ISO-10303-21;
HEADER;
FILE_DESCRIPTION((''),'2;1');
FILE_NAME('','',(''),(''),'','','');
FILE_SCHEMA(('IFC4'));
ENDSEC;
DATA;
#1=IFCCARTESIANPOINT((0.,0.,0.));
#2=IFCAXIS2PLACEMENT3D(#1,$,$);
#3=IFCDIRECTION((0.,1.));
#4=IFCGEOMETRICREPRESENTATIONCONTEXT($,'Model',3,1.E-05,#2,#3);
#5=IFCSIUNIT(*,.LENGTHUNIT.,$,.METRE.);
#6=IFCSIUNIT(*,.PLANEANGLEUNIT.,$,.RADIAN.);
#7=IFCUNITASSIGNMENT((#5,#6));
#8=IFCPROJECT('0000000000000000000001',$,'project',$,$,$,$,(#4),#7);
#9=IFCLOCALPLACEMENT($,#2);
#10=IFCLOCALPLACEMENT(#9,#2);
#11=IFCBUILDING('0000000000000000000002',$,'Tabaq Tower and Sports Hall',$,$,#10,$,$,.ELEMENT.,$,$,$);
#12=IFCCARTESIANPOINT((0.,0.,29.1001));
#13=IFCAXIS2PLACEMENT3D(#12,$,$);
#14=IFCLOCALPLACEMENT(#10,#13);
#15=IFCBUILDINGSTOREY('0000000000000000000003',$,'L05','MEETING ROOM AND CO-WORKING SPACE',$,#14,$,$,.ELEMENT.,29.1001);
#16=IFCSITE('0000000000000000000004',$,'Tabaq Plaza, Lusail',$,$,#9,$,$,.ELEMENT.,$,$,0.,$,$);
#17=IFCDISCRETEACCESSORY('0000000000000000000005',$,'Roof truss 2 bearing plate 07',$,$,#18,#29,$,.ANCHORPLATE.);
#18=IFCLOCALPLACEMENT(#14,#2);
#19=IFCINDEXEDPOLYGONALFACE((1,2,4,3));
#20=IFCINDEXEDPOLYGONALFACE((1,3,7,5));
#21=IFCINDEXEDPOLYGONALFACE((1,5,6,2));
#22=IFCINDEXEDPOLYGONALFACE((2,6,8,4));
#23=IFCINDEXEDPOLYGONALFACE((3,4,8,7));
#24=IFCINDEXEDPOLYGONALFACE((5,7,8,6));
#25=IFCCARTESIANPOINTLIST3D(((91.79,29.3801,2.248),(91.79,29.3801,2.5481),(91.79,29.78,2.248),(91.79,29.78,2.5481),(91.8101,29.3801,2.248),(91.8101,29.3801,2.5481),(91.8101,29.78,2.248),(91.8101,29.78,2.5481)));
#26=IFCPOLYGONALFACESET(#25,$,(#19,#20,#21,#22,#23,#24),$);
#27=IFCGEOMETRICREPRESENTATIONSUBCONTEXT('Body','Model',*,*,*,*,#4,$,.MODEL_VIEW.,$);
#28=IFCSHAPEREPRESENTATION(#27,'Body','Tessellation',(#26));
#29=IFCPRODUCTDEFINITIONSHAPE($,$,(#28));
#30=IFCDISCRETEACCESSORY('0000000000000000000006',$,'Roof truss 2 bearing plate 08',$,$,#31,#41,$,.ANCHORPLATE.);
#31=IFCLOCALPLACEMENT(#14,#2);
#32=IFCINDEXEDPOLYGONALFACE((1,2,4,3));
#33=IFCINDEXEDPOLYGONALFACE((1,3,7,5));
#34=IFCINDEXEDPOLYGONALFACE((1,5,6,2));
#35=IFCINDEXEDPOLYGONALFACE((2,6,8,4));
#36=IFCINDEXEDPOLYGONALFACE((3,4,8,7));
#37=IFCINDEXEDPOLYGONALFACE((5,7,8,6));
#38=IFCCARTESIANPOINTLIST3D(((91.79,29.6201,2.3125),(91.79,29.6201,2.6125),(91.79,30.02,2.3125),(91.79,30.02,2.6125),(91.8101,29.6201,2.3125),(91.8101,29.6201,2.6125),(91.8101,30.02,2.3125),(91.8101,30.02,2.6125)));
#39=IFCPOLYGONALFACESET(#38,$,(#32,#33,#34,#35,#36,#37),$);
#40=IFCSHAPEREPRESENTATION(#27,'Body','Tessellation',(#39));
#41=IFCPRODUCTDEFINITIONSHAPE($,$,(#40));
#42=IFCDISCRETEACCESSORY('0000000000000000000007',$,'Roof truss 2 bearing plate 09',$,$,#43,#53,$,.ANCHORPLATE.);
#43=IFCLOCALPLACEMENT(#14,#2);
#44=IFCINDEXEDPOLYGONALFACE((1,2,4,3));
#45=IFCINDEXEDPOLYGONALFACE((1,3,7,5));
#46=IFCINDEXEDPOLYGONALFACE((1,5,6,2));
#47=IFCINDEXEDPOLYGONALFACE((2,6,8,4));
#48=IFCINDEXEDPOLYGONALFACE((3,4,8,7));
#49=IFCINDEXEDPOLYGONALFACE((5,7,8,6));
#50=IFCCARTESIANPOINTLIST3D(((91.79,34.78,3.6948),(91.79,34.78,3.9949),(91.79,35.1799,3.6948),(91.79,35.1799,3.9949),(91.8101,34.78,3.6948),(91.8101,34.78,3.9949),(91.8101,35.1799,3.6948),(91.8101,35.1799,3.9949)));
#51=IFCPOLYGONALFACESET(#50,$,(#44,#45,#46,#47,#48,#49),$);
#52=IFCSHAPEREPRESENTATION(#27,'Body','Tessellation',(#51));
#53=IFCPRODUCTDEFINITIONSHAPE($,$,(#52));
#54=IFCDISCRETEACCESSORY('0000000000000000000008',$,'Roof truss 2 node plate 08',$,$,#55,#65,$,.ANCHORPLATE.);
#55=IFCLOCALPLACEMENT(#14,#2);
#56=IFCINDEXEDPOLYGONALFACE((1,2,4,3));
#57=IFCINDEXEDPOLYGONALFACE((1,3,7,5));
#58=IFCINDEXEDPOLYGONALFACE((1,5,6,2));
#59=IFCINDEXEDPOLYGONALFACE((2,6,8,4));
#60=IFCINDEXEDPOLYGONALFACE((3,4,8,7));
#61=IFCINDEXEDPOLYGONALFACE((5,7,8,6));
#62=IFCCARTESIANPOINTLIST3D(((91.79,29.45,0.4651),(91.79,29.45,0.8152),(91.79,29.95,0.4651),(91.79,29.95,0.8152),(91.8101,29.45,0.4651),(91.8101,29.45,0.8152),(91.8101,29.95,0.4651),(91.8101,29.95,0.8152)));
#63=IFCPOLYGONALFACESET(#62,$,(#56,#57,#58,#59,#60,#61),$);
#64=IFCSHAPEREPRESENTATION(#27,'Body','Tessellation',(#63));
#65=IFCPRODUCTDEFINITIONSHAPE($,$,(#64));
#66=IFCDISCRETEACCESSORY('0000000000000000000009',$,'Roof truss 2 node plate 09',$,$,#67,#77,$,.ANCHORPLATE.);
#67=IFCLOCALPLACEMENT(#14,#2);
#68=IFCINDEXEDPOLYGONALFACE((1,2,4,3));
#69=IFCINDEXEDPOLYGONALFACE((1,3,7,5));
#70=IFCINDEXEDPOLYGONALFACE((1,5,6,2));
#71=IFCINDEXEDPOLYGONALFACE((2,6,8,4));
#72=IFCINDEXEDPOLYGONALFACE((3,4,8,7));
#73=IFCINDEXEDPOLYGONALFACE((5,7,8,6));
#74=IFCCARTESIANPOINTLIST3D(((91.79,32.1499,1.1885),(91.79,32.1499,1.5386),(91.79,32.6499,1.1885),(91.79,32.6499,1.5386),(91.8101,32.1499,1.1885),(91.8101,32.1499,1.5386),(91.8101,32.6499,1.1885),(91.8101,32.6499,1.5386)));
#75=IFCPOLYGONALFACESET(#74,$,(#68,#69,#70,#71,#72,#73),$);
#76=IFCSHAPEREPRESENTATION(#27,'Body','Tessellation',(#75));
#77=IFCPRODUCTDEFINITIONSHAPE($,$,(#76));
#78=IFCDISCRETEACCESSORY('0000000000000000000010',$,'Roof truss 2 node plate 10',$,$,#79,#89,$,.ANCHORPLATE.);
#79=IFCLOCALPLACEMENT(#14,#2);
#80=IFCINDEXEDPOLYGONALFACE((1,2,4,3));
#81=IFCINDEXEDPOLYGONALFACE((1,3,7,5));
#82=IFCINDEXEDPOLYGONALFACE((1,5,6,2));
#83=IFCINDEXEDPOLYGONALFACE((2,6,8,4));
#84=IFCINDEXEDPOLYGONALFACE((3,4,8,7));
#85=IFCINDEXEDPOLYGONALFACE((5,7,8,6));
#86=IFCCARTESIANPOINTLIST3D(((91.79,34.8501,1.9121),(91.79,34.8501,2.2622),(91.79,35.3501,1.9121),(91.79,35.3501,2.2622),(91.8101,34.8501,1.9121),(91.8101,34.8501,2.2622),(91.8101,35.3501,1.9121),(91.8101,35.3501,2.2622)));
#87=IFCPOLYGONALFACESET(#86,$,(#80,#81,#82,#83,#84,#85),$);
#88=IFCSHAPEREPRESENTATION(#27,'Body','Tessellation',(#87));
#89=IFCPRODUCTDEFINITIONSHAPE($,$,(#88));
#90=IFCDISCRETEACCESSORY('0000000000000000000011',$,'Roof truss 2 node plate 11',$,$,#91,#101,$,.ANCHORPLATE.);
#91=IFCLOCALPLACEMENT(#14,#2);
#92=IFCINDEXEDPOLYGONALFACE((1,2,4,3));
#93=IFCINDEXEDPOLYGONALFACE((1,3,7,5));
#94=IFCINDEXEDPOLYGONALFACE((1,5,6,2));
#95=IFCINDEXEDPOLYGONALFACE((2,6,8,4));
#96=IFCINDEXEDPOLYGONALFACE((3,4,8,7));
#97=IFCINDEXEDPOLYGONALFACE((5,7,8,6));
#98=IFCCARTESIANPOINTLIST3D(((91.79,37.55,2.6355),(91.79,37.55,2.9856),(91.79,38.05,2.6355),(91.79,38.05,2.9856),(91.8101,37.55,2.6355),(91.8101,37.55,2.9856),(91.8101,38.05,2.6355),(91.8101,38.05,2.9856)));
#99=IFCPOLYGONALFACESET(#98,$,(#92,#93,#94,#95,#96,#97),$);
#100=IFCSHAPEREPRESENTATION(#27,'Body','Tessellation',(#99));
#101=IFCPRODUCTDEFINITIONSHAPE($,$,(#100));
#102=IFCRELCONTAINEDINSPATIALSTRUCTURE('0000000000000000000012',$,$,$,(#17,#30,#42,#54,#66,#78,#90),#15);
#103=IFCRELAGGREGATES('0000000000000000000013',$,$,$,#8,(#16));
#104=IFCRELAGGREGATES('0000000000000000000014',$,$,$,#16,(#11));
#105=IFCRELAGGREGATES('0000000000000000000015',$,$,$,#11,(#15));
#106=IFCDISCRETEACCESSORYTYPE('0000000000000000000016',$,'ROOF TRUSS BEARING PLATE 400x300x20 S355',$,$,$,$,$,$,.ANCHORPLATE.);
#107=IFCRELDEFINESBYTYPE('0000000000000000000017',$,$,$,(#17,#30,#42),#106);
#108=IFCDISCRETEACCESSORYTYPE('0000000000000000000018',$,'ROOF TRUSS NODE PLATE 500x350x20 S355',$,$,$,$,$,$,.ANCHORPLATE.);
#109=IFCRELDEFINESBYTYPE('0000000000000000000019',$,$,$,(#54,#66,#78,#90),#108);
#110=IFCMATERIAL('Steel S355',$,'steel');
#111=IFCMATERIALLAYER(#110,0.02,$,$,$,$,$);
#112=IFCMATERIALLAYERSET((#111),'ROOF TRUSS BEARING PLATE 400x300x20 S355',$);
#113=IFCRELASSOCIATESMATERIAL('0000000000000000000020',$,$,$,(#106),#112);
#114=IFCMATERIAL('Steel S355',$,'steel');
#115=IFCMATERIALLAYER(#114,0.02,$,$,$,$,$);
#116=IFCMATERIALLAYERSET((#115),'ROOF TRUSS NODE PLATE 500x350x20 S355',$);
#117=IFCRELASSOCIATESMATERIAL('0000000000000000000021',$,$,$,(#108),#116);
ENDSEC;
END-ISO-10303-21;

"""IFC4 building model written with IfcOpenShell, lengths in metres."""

from ifc_helpers import new_model, si_unit, direction, frame, origin, origin_2d, place, context, subcontext, project, spatial, rectangle, extrude, material, layer, layer_set, type_object, element, save


model = new_model("IFC4")

# Units and contexts
model_context = context("Model", 3, precision=1e-05, world=origin(), true_north=direction((0.0, 1.0)))
body_context = subcontext(model_context, "Body", "Model", "MODEL_VIEW")
ifc_project = project(units=[si_unit("LENGTHUNIT", "METRE"), si_unit("PLANEANGLEUNIT", "RADIAN")], contexts=[model_context])

# Site, building, storey
site_placement = place(None, origin())
site = spatial("IfcSite", under=ifc_project, at=site_placement, Name="Tabaq Plaza, Lusail", CompositionType="ELEMENT", RefElevation=0.0)
building_placement = place(site_placement, origin())
building = spatial("IfcBuilding", under=site, at=building_placement, Name="Tabaq Tower and Sports Hall", CompositionType="ELEMENT")
storey_placement = place(building_placement, frame((0.0, 0.0, 29.1001)))
storey = spatial("IfcBuildingStorey", under=building, at=storey_placement, Name="L05", Description="MEETING ROOM AND CO-WORKING SPACE", CompositionType="ELEMENT", Elevation=29.1001)

# Discrete accessories
ifc_material_1 = material(Name="Steel S355", Category="steel")
ifc_layer_1 = layer(ifc_material_1, 0.02)
ifc_layer_set_1 = layer_set([ifc_layer_1], Name="ROOF TRUSS BEARING PLATE 400x300x20 S355")
discrete_accessory_type_1 = type_object("IfcDiscreteAccessoryType", Name="ROOF TRUSS BEARING PLATE 400x300x20 S355", PredefinedType="ANCHORPLATE", material=ifc_layer_set_1)
for number, where, z_axis, x_axis, name in (
    (1, (91.8, 29.5801, 2.248), (0.0, 0.0, 1.0), (1.0, 0.0, 0.0), "Roof truss 2 bearing plate 07"),
    (2, (91.8, 29.8201, 2.3125), (0.0, 0.0, 1.0), (1.0, 0.0, 0.0), "Roof truss 2 bearing plate 08"),
    (3, (91.8, 34.98, 3.6948), (0.0, 0.0, 1.0), (1.0, 0.0, 0.0), "Roof truss 2 bearing plate 09"),
):
    element("IfcDiscreteAccessory", number, at=place(storey_placement, frame(where, z_axis=z_axis, x_axis=x_axis)), inside=storey, type_object=discrete_accessory_type_1, Name=name, PredefinedType="ANCHORPLATE", context=body_context, shape_type="SweptSolid", body=[
        extrude(rectangle(XDim=0.02, YDim=0.3999, at=origin_2d()), origin(), (0.0, 0.0, 1.0), 0.3),
    ])
ifc_material_2 = material(Name="Steel S355", Category="steel")
ifc_layer_2 = layer(ifc_material_2, 0.02)
ifc_layer_set_2 = layer_set([ifc_layer_2], Name="ROOF TRUSS NODE PLATE 500x350x20 S355")
discrete_accessory_type_2 = type_object("IfcDiscreteAccessoryType", Name="ROOF TRUSS NODE PLATE 500x350x20 S355", PredefinedType="ANCHORPLATE", material=ifc_layer_set_2)
for number, where, z_axis, x_axis, name in (
    (4, (91.8, 29.7, 0.4651), (0.0, 0.0, 1.0), (1.0, 0.0, 0.0), "Roof truss 2 node plate 08"),
    (5, (91.8, 32.3999, 1.1885), (0.0, 0.0, 1.0), (1.0, 0.0, 0.0), "Roof truss 2 node plate 09"),
    (6, (91.8, 35.1001, 1.9121), (0.0, 0.0, 1.0), (1.0, 0.0, 0.0), "Roof truss 2 node plate 10"),
    (7, (91.8, 37.8, 2.6355), (0.0, 0.0, 1.0), (1.0, 0.0, 0.0), "Roof truss 2 node plate 11"),
):
    element("IfcDiscreteAccessory", number, at=place(storey_placement, frame(where, z_axis=z_axis, x_axis=x_axis)), inside=storey, type_object=discrete_accessory_type_2, Name=name, PredefinedType="ANCHORPLATE", context=body_context, shape_type="SweptSolid", body=[
        extrude(rectangle(XDim=0.02, YDim=0.5, at=origin_2d()), origin(), (0.0, 0.0, 1.0), 0.3501),
    ])

save(model, "model.ifc")
